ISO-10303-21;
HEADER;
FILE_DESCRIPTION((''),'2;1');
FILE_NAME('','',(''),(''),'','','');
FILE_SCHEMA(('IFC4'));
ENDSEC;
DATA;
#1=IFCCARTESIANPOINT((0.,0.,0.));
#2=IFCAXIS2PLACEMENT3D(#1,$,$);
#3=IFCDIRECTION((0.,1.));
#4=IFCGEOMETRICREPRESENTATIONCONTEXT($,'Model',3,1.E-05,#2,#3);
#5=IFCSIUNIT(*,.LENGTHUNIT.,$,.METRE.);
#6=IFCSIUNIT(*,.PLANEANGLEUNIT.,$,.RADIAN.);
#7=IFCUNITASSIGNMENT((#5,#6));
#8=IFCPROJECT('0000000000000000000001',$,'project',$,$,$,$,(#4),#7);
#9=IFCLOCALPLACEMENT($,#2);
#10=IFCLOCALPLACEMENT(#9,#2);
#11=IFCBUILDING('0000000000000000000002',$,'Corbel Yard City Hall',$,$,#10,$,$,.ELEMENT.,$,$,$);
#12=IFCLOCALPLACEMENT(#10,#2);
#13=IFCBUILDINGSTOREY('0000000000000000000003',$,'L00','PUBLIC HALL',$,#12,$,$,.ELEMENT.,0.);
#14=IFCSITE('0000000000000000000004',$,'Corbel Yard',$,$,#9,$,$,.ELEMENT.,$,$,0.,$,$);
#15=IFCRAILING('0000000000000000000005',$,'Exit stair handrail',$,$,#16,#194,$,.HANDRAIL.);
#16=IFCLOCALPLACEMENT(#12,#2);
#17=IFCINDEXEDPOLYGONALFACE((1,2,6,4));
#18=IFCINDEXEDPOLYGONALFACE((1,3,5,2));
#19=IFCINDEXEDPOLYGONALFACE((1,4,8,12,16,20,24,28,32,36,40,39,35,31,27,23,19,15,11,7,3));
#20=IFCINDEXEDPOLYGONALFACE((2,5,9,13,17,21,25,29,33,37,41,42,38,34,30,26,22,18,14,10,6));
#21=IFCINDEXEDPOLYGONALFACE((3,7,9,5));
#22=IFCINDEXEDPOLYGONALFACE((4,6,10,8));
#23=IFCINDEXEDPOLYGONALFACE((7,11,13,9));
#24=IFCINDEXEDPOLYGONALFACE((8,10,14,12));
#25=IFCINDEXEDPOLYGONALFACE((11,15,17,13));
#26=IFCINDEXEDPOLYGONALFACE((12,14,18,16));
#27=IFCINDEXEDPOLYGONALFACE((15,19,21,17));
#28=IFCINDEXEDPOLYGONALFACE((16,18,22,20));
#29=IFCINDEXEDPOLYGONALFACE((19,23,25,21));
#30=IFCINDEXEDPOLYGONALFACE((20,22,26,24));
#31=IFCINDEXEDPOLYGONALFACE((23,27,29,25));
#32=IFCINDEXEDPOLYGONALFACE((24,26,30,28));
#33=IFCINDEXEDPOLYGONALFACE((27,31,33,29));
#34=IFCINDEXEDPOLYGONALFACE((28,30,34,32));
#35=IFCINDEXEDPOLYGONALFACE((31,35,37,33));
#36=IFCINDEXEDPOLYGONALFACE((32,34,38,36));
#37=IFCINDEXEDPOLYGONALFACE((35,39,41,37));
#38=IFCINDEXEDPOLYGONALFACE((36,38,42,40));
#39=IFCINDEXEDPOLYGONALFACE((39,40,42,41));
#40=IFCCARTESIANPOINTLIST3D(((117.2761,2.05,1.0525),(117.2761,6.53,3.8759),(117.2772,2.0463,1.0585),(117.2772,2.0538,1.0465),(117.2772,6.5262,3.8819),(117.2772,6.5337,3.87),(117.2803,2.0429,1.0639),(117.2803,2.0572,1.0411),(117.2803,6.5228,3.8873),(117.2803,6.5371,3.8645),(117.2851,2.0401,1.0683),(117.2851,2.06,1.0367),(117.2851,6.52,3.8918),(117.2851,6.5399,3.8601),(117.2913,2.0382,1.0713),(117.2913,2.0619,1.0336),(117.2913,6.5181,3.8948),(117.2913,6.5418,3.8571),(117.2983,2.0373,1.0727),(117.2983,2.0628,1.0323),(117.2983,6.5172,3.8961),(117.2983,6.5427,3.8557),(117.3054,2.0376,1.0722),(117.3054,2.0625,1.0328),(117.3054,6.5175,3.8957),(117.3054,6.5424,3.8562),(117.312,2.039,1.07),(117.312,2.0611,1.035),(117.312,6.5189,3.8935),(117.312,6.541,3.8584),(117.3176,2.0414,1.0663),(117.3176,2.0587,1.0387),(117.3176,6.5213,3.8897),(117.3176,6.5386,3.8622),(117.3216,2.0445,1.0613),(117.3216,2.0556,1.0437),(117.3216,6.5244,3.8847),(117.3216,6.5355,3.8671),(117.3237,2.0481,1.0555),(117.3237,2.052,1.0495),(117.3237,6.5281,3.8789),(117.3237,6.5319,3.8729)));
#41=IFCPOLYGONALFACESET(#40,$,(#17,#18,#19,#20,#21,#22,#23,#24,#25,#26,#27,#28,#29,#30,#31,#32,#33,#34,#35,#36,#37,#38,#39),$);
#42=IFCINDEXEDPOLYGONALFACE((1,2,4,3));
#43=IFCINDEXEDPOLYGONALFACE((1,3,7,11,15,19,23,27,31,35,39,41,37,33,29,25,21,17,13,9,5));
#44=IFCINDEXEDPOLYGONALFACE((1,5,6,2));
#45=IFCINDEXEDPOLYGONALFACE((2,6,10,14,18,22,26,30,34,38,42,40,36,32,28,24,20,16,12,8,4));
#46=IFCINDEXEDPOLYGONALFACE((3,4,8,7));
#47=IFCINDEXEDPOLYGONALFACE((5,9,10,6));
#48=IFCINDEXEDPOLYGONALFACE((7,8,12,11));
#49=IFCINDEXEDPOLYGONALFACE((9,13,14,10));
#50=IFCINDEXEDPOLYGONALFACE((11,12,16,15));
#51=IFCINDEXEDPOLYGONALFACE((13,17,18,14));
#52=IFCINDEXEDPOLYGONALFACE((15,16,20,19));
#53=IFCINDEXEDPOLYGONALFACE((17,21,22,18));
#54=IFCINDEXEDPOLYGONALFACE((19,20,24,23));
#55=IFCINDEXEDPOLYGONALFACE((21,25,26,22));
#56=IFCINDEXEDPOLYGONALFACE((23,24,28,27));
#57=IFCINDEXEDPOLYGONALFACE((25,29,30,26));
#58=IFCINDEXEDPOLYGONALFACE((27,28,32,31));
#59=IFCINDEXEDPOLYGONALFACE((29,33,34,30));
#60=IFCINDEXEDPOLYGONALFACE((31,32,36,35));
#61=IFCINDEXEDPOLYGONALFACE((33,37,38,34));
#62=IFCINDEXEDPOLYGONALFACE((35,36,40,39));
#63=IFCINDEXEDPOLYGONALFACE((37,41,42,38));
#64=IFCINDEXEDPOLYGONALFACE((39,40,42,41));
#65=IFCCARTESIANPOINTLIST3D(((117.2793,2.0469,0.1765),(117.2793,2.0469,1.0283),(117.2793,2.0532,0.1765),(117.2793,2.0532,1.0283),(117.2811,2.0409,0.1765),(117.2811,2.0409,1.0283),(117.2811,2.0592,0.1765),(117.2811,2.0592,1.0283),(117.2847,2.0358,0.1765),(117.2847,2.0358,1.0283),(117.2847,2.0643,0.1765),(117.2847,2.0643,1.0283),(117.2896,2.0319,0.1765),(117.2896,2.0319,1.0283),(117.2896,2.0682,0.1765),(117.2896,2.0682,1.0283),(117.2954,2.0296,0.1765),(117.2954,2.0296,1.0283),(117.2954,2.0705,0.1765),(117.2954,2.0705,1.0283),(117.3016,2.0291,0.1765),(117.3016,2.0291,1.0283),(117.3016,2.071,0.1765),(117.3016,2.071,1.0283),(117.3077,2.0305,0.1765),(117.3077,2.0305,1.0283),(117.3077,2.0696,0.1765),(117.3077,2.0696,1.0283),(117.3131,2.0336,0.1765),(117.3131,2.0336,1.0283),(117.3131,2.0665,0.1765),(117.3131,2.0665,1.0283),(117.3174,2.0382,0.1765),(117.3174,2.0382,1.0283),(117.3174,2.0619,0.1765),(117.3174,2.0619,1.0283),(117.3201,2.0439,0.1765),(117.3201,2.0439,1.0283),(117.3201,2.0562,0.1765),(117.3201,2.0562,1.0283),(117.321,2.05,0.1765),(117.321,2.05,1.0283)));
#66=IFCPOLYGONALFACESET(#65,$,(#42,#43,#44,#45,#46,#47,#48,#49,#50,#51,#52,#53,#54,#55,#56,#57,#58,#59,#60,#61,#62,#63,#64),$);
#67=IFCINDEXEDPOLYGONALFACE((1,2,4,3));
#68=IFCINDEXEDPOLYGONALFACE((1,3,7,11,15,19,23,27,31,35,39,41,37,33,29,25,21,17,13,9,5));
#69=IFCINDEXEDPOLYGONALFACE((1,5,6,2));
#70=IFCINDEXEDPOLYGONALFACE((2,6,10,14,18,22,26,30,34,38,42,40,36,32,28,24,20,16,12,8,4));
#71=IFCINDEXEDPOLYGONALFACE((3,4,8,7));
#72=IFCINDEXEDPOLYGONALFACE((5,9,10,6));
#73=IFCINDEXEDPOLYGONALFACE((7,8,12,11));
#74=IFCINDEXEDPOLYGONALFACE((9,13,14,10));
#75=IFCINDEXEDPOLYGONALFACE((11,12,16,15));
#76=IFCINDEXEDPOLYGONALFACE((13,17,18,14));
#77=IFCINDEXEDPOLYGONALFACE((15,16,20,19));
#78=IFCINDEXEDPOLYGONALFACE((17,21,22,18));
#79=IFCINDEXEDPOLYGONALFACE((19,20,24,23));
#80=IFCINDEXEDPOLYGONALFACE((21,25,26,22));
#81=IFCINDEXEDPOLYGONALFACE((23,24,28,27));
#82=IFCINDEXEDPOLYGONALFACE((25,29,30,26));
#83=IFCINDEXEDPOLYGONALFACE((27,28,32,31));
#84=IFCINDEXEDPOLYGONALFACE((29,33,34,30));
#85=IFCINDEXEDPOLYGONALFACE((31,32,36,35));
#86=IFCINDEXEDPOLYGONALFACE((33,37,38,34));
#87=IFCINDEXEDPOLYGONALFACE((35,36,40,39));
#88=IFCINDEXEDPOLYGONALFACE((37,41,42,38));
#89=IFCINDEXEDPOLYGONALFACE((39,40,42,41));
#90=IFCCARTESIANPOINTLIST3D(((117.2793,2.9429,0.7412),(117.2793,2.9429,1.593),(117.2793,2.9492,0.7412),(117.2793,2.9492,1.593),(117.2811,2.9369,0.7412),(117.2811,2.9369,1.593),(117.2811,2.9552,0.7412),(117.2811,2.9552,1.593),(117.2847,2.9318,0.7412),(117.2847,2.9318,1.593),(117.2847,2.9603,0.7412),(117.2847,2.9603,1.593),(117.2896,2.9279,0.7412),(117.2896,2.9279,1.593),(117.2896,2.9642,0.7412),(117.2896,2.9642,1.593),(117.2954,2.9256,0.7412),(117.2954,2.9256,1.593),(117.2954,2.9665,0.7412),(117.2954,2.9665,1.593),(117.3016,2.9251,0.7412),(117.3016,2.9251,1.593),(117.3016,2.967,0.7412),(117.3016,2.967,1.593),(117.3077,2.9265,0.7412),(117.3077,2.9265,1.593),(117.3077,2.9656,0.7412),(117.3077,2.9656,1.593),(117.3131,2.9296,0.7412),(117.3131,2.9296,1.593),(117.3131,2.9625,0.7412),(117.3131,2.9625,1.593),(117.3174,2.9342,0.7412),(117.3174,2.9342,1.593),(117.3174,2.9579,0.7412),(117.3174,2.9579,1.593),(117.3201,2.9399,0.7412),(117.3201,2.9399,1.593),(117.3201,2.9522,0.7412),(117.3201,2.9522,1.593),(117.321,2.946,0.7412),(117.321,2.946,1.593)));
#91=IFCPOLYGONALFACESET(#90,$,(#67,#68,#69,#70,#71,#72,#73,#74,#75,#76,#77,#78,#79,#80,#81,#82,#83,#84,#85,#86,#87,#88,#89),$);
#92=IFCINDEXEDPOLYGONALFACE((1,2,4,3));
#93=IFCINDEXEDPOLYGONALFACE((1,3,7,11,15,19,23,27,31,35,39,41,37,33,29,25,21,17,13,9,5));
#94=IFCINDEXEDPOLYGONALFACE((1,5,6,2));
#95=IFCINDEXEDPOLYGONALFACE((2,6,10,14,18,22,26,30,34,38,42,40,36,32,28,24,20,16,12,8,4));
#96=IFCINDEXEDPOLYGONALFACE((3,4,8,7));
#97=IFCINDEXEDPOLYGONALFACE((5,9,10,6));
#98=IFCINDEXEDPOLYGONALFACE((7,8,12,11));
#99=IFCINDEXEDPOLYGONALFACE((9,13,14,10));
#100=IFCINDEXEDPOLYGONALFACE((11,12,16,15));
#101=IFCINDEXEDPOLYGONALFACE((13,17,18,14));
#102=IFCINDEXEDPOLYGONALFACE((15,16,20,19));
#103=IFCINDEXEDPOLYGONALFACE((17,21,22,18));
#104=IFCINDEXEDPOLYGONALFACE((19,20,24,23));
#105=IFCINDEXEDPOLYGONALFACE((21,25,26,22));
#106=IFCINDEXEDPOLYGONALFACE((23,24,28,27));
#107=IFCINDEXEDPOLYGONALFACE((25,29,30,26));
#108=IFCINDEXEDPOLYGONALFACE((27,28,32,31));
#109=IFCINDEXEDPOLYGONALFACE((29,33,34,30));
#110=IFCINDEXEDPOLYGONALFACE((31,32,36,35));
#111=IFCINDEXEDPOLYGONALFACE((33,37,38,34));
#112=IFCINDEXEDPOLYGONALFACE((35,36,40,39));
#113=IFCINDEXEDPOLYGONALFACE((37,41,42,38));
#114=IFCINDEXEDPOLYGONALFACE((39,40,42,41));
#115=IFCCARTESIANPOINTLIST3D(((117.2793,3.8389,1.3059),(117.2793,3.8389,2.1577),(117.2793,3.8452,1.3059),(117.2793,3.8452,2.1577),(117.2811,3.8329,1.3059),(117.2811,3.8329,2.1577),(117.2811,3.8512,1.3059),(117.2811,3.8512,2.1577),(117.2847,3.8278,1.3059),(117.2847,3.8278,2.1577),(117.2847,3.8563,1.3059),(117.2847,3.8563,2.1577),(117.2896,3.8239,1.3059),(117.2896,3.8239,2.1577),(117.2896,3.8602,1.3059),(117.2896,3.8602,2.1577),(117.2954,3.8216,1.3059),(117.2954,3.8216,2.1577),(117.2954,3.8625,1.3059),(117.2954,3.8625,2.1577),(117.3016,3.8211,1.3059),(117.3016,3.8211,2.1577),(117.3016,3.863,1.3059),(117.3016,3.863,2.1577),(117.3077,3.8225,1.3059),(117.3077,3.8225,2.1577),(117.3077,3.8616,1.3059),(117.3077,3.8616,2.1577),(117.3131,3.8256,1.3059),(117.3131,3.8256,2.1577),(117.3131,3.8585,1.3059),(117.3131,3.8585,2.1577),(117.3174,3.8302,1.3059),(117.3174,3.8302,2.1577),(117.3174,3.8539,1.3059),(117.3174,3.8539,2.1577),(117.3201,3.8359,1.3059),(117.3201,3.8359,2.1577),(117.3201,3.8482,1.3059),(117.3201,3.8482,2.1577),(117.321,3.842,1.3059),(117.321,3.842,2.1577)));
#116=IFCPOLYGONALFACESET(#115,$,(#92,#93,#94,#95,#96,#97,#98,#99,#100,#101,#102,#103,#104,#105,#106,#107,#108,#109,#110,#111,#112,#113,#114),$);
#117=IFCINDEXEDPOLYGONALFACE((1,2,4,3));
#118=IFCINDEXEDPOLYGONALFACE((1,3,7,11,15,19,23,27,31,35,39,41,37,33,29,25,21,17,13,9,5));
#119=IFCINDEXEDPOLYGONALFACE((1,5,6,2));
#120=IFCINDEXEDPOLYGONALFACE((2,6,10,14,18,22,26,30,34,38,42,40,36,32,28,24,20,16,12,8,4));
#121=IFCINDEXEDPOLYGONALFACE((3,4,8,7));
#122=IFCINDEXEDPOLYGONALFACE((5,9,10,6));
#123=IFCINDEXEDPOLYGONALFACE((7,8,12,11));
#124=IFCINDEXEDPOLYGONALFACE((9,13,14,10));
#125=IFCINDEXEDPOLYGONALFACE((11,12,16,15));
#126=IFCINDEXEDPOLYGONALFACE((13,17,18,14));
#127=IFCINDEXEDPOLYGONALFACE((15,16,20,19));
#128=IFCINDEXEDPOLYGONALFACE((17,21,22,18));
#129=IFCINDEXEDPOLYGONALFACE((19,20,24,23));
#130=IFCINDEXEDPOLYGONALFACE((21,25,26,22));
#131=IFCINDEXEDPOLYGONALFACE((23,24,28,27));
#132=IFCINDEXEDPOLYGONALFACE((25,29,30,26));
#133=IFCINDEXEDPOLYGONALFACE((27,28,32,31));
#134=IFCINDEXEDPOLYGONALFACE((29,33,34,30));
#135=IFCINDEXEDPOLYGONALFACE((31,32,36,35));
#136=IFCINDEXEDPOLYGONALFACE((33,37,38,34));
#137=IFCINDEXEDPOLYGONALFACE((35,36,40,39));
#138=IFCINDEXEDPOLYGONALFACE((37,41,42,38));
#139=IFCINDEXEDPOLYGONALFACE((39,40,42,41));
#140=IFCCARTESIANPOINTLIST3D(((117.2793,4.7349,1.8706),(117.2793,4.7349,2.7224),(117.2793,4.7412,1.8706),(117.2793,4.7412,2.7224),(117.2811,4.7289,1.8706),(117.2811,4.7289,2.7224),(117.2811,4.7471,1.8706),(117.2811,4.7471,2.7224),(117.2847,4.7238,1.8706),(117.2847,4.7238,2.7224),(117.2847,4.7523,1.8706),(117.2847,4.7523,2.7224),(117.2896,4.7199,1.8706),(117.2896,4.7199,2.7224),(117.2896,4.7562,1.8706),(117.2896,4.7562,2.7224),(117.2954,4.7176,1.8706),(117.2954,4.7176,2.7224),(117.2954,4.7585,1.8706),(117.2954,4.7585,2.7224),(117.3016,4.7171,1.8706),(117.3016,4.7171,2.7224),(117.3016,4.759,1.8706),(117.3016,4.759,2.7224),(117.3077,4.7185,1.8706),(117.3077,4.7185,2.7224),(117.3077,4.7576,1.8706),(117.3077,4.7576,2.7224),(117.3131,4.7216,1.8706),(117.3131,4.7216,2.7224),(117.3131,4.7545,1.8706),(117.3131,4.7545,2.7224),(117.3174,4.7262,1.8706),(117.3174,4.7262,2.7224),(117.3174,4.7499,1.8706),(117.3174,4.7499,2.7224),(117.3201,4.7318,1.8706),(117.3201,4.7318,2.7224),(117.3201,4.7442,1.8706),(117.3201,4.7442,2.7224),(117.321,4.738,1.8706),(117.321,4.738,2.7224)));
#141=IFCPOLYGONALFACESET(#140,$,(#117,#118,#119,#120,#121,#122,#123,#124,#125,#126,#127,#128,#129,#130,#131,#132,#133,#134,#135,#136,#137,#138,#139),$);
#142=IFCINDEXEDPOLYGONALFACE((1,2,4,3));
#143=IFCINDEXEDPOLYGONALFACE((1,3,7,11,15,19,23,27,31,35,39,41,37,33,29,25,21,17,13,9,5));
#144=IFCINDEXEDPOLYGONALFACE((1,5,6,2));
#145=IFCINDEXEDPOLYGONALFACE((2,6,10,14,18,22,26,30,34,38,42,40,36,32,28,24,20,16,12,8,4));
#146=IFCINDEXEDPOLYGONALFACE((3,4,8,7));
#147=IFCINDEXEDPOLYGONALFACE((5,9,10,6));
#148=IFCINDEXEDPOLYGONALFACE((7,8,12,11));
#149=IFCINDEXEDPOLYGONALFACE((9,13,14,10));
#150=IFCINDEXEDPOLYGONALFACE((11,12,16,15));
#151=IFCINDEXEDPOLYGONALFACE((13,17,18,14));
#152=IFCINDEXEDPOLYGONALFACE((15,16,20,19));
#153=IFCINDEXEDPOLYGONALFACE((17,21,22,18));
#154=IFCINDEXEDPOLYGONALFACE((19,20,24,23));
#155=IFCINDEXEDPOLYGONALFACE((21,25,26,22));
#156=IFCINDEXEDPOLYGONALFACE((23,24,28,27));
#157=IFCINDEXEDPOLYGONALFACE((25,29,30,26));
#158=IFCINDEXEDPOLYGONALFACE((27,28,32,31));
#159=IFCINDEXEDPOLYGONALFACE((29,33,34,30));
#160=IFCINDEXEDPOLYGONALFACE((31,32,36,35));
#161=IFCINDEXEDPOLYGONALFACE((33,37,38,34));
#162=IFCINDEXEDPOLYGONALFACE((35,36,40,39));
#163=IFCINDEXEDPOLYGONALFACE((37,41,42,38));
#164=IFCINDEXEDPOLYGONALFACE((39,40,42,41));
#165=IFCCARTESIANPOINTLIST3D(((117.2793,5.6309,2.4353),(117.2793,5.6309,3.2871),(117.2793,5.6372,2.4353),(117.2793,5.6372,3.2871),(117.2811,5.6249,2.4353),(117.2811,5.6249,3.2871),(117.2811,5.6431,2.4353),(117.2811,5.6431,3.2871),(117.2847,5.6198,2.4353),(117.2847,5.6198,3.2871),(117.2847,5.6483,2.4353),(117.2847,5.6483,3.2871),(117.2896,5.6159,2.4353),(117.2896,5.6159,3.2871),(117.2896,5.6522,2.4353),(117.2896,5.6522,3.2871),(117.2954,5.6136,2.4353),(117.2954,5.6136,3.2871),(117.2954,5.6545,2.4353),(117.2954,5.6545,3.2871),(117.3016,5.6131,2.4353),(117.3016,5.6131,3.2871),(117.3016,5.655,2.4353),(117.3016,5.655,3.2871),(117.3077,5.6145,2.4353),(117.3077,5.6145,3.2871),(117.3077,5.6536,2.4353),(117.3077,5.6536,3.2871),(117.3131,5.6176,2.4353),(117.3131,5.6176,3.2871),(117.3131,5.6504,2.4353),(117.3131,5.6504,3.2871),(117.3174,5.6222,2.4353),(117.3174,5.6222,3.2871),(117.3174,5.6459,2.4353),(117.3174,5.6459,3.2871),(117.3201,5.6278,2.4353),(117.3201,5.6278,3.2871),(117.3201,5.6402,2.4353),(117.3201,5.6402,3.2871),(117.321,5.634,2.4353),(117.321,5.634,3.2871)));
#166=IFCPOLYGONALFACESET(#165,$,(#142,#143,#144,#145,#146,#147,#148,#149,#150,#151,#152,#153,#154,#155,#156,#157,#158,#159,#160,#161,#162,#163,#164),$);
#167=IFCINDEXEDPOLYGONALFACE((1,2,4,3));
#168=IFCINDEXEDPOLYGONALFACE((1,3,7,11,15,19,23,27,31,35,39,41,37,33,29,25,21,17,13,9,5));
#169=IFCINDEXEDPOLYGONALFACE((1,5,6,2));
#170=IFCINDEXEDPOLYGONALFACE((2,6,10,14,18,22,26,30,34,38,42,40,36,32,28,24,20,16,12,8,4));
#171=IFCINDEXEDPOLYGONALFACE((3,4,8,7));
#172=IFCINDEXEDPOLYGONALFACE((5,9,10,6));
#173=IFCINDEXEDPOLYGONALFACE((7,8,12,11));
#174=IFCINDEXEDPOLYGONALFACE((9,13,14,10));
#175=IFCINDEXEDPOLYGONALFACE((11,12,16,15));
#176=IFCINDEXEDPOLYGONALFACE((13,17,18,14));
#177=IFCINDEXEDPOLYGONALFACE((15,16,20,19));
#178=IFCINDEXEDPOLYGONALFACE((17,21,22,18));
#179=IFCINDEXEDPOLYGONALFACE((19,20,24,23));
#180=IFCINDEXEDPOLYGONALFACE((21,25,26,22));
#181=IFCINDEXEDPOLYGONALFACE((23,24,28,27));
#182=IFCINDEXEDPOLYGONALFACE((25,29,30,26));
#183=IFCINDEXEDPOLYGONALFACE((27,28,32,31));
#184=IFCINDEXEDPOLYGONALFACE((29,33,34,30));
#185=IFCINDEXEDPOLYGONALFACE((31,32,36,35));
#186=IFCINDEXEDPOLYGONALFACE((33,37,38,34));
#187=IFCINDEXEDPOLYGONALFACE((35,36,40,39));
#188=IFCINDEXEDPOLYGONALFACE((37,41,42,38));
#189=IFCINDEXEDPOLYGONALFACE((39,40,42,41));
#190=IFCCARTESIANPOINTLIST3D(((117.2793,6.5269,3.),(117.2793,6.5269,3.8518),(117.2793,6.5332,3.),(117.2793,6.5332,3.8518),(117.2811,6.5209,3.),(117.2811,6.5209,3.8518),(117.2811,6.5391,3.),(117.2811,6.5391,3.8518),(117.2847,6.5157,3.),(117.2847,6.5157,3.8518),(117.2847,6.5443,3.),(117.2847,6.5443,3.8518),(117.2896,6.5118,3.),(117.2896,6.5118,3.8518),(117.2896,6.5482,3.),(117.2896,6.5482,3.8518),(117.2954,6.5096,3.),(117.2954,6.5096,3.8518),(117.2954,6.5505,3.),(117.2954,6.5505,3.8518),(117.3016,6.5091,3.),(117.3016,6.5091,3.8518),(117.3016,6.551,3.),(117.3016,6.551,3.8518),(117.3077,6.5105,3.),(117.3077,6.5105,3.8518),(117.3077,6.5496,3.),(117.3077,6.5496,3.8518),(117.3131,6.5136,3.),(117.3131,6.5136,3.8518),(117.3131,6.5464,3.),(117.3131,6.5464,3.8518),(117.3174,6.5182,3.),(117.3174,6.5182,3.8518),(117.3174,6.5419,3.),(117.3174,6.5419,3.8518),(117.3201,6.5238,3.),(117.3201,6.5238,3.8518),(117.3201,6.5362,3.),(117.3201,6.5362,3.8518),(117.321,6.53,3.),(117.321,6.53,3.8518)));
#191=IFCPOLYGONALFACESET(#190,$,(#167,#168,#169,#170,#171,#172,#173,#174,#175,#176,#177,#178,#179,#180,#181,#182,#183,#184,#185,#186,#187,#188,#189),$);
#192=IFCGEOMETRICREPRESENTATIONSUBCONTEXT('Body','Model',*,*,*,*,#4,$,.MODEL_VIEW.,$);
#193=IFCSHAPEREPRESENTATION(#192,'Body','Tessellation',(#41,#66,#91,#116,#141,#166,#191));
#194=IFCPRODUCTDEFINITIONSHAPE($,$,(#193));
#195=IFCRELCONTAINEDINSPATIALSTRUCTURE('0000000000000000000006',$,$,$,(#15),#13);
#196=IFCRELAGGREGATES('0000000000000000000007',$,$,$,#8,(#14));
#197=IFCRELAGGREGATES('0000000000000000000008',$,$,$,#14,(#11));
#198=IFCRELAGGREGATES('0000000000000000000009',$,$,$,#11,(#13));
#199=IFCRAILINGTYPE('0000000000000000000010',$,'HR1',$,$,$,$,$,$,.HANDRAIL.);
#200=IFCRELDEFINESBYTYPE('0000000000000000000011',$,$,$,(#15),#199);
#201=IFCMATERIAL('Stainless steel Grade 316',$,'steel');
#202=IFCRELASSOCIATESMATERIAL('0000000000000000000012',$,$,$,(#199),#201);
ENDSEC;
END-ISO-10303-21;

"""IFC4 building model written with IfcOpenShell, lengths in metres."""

from ifc_helpers import new_model, si_unit, direction, frame, origin, origin_2d, place, context, subcontext, project, spatial, circle, extrude, material, type_object, element, save


model = new_model("IFC4")

# Units and contexts
model_context = context("Model", 3, precision=1e-05, world=origin(), true_north=direction((0.0, 1.0)))
body_context = subcontext(model_context, "Body", "Model", "MODEL_VIEW")
ifc_project = project(units=[si_unit("LENGTHUNIT", "METRE"), si_unit("PLANEANGLEUNIT", "RADIAN")], contexts=[model_context])

# Site, building, storey
site_placement = place(None, origin())
site = spatial("IfcSite", under=ifc_project, at=site_placement, Name="Corbel Yard", CompositionType="ELEMENT", RefElevation=0.0)
building_placement = place(site_placement, origin())
building = spatial("IfcBuilding", under=site, at=building_placement, Name="Corbel Yard City Hall", CompositionType="ELEMENT")
storey_placement = place(building_placement, origin())
storey = spatial("IfcBuildingStorey", under=building, at=storey_placement, Name="L00", Description="PUBLIC HALL", CompositionType="ELEMENT", Elevation=0.0)

# Railing
ifc_material_1 = material(Name="Stainless steel Grade 316", Category="steel")
railing_type = type_object("IfcRailingType", Name="HR1", PredefinedType="HANDRAIL", material=ifc_material_1)
railing_placement = place(storey_placement, frame((117.3, 2.05, 0.1765)))
element("IfcRailing", 1, at=railing_placement, inside=storey, type_object=railing_type, Name="Exit stair handrail", PredefinedType="HANDRAIL", context=body_context, shape_type="SweptSolid", body=[
    extrude(circle(Radius=0.0239, at=origin_2d()), frame((0.0, 0.0, 0.876), z_axis=(0.0, 0.845998, 0.533186), x_axis=(-1.0, 0.0, 0.0)), (0.0, 0.0, 1.0), 5.2954),
    extrude(circle(Radius=0.021, at=origin_2d()), origin(), (0.0, 0.0, 1.0), 0.8518),
    extrude(circle(Radius=0.021, at=origin_2d()), frame((0.0, 0.896, 0.5647)), (0.0, 0.0, 1.0), 0.8518),
    extrude(circle(Radius=0.021, at=origin_2d()), frame((0.0, 1.792, 1.1294)), (0.0, 0.0, 1.0), 0.8518),
    extrude(circle(Radius=0.021, at=origin_2d()), frame((0.0, 2.688, 1.6941)), (0.0, 0.0, 1.0), 0.8518),
    extrude(circle(Radius=0.021, at=origin_2d()), frame((0.0, 3.584, 2.2588)), (0.0, 0.0, 1.0), 0.8518),
    extrude(circle(Radius=0.021, at=origin_2d()), frame((0.0, 4.48, 2.8235)), (0.0, 0.0, 1.0), 0.8518),
])

save(model, "model.ifc")
